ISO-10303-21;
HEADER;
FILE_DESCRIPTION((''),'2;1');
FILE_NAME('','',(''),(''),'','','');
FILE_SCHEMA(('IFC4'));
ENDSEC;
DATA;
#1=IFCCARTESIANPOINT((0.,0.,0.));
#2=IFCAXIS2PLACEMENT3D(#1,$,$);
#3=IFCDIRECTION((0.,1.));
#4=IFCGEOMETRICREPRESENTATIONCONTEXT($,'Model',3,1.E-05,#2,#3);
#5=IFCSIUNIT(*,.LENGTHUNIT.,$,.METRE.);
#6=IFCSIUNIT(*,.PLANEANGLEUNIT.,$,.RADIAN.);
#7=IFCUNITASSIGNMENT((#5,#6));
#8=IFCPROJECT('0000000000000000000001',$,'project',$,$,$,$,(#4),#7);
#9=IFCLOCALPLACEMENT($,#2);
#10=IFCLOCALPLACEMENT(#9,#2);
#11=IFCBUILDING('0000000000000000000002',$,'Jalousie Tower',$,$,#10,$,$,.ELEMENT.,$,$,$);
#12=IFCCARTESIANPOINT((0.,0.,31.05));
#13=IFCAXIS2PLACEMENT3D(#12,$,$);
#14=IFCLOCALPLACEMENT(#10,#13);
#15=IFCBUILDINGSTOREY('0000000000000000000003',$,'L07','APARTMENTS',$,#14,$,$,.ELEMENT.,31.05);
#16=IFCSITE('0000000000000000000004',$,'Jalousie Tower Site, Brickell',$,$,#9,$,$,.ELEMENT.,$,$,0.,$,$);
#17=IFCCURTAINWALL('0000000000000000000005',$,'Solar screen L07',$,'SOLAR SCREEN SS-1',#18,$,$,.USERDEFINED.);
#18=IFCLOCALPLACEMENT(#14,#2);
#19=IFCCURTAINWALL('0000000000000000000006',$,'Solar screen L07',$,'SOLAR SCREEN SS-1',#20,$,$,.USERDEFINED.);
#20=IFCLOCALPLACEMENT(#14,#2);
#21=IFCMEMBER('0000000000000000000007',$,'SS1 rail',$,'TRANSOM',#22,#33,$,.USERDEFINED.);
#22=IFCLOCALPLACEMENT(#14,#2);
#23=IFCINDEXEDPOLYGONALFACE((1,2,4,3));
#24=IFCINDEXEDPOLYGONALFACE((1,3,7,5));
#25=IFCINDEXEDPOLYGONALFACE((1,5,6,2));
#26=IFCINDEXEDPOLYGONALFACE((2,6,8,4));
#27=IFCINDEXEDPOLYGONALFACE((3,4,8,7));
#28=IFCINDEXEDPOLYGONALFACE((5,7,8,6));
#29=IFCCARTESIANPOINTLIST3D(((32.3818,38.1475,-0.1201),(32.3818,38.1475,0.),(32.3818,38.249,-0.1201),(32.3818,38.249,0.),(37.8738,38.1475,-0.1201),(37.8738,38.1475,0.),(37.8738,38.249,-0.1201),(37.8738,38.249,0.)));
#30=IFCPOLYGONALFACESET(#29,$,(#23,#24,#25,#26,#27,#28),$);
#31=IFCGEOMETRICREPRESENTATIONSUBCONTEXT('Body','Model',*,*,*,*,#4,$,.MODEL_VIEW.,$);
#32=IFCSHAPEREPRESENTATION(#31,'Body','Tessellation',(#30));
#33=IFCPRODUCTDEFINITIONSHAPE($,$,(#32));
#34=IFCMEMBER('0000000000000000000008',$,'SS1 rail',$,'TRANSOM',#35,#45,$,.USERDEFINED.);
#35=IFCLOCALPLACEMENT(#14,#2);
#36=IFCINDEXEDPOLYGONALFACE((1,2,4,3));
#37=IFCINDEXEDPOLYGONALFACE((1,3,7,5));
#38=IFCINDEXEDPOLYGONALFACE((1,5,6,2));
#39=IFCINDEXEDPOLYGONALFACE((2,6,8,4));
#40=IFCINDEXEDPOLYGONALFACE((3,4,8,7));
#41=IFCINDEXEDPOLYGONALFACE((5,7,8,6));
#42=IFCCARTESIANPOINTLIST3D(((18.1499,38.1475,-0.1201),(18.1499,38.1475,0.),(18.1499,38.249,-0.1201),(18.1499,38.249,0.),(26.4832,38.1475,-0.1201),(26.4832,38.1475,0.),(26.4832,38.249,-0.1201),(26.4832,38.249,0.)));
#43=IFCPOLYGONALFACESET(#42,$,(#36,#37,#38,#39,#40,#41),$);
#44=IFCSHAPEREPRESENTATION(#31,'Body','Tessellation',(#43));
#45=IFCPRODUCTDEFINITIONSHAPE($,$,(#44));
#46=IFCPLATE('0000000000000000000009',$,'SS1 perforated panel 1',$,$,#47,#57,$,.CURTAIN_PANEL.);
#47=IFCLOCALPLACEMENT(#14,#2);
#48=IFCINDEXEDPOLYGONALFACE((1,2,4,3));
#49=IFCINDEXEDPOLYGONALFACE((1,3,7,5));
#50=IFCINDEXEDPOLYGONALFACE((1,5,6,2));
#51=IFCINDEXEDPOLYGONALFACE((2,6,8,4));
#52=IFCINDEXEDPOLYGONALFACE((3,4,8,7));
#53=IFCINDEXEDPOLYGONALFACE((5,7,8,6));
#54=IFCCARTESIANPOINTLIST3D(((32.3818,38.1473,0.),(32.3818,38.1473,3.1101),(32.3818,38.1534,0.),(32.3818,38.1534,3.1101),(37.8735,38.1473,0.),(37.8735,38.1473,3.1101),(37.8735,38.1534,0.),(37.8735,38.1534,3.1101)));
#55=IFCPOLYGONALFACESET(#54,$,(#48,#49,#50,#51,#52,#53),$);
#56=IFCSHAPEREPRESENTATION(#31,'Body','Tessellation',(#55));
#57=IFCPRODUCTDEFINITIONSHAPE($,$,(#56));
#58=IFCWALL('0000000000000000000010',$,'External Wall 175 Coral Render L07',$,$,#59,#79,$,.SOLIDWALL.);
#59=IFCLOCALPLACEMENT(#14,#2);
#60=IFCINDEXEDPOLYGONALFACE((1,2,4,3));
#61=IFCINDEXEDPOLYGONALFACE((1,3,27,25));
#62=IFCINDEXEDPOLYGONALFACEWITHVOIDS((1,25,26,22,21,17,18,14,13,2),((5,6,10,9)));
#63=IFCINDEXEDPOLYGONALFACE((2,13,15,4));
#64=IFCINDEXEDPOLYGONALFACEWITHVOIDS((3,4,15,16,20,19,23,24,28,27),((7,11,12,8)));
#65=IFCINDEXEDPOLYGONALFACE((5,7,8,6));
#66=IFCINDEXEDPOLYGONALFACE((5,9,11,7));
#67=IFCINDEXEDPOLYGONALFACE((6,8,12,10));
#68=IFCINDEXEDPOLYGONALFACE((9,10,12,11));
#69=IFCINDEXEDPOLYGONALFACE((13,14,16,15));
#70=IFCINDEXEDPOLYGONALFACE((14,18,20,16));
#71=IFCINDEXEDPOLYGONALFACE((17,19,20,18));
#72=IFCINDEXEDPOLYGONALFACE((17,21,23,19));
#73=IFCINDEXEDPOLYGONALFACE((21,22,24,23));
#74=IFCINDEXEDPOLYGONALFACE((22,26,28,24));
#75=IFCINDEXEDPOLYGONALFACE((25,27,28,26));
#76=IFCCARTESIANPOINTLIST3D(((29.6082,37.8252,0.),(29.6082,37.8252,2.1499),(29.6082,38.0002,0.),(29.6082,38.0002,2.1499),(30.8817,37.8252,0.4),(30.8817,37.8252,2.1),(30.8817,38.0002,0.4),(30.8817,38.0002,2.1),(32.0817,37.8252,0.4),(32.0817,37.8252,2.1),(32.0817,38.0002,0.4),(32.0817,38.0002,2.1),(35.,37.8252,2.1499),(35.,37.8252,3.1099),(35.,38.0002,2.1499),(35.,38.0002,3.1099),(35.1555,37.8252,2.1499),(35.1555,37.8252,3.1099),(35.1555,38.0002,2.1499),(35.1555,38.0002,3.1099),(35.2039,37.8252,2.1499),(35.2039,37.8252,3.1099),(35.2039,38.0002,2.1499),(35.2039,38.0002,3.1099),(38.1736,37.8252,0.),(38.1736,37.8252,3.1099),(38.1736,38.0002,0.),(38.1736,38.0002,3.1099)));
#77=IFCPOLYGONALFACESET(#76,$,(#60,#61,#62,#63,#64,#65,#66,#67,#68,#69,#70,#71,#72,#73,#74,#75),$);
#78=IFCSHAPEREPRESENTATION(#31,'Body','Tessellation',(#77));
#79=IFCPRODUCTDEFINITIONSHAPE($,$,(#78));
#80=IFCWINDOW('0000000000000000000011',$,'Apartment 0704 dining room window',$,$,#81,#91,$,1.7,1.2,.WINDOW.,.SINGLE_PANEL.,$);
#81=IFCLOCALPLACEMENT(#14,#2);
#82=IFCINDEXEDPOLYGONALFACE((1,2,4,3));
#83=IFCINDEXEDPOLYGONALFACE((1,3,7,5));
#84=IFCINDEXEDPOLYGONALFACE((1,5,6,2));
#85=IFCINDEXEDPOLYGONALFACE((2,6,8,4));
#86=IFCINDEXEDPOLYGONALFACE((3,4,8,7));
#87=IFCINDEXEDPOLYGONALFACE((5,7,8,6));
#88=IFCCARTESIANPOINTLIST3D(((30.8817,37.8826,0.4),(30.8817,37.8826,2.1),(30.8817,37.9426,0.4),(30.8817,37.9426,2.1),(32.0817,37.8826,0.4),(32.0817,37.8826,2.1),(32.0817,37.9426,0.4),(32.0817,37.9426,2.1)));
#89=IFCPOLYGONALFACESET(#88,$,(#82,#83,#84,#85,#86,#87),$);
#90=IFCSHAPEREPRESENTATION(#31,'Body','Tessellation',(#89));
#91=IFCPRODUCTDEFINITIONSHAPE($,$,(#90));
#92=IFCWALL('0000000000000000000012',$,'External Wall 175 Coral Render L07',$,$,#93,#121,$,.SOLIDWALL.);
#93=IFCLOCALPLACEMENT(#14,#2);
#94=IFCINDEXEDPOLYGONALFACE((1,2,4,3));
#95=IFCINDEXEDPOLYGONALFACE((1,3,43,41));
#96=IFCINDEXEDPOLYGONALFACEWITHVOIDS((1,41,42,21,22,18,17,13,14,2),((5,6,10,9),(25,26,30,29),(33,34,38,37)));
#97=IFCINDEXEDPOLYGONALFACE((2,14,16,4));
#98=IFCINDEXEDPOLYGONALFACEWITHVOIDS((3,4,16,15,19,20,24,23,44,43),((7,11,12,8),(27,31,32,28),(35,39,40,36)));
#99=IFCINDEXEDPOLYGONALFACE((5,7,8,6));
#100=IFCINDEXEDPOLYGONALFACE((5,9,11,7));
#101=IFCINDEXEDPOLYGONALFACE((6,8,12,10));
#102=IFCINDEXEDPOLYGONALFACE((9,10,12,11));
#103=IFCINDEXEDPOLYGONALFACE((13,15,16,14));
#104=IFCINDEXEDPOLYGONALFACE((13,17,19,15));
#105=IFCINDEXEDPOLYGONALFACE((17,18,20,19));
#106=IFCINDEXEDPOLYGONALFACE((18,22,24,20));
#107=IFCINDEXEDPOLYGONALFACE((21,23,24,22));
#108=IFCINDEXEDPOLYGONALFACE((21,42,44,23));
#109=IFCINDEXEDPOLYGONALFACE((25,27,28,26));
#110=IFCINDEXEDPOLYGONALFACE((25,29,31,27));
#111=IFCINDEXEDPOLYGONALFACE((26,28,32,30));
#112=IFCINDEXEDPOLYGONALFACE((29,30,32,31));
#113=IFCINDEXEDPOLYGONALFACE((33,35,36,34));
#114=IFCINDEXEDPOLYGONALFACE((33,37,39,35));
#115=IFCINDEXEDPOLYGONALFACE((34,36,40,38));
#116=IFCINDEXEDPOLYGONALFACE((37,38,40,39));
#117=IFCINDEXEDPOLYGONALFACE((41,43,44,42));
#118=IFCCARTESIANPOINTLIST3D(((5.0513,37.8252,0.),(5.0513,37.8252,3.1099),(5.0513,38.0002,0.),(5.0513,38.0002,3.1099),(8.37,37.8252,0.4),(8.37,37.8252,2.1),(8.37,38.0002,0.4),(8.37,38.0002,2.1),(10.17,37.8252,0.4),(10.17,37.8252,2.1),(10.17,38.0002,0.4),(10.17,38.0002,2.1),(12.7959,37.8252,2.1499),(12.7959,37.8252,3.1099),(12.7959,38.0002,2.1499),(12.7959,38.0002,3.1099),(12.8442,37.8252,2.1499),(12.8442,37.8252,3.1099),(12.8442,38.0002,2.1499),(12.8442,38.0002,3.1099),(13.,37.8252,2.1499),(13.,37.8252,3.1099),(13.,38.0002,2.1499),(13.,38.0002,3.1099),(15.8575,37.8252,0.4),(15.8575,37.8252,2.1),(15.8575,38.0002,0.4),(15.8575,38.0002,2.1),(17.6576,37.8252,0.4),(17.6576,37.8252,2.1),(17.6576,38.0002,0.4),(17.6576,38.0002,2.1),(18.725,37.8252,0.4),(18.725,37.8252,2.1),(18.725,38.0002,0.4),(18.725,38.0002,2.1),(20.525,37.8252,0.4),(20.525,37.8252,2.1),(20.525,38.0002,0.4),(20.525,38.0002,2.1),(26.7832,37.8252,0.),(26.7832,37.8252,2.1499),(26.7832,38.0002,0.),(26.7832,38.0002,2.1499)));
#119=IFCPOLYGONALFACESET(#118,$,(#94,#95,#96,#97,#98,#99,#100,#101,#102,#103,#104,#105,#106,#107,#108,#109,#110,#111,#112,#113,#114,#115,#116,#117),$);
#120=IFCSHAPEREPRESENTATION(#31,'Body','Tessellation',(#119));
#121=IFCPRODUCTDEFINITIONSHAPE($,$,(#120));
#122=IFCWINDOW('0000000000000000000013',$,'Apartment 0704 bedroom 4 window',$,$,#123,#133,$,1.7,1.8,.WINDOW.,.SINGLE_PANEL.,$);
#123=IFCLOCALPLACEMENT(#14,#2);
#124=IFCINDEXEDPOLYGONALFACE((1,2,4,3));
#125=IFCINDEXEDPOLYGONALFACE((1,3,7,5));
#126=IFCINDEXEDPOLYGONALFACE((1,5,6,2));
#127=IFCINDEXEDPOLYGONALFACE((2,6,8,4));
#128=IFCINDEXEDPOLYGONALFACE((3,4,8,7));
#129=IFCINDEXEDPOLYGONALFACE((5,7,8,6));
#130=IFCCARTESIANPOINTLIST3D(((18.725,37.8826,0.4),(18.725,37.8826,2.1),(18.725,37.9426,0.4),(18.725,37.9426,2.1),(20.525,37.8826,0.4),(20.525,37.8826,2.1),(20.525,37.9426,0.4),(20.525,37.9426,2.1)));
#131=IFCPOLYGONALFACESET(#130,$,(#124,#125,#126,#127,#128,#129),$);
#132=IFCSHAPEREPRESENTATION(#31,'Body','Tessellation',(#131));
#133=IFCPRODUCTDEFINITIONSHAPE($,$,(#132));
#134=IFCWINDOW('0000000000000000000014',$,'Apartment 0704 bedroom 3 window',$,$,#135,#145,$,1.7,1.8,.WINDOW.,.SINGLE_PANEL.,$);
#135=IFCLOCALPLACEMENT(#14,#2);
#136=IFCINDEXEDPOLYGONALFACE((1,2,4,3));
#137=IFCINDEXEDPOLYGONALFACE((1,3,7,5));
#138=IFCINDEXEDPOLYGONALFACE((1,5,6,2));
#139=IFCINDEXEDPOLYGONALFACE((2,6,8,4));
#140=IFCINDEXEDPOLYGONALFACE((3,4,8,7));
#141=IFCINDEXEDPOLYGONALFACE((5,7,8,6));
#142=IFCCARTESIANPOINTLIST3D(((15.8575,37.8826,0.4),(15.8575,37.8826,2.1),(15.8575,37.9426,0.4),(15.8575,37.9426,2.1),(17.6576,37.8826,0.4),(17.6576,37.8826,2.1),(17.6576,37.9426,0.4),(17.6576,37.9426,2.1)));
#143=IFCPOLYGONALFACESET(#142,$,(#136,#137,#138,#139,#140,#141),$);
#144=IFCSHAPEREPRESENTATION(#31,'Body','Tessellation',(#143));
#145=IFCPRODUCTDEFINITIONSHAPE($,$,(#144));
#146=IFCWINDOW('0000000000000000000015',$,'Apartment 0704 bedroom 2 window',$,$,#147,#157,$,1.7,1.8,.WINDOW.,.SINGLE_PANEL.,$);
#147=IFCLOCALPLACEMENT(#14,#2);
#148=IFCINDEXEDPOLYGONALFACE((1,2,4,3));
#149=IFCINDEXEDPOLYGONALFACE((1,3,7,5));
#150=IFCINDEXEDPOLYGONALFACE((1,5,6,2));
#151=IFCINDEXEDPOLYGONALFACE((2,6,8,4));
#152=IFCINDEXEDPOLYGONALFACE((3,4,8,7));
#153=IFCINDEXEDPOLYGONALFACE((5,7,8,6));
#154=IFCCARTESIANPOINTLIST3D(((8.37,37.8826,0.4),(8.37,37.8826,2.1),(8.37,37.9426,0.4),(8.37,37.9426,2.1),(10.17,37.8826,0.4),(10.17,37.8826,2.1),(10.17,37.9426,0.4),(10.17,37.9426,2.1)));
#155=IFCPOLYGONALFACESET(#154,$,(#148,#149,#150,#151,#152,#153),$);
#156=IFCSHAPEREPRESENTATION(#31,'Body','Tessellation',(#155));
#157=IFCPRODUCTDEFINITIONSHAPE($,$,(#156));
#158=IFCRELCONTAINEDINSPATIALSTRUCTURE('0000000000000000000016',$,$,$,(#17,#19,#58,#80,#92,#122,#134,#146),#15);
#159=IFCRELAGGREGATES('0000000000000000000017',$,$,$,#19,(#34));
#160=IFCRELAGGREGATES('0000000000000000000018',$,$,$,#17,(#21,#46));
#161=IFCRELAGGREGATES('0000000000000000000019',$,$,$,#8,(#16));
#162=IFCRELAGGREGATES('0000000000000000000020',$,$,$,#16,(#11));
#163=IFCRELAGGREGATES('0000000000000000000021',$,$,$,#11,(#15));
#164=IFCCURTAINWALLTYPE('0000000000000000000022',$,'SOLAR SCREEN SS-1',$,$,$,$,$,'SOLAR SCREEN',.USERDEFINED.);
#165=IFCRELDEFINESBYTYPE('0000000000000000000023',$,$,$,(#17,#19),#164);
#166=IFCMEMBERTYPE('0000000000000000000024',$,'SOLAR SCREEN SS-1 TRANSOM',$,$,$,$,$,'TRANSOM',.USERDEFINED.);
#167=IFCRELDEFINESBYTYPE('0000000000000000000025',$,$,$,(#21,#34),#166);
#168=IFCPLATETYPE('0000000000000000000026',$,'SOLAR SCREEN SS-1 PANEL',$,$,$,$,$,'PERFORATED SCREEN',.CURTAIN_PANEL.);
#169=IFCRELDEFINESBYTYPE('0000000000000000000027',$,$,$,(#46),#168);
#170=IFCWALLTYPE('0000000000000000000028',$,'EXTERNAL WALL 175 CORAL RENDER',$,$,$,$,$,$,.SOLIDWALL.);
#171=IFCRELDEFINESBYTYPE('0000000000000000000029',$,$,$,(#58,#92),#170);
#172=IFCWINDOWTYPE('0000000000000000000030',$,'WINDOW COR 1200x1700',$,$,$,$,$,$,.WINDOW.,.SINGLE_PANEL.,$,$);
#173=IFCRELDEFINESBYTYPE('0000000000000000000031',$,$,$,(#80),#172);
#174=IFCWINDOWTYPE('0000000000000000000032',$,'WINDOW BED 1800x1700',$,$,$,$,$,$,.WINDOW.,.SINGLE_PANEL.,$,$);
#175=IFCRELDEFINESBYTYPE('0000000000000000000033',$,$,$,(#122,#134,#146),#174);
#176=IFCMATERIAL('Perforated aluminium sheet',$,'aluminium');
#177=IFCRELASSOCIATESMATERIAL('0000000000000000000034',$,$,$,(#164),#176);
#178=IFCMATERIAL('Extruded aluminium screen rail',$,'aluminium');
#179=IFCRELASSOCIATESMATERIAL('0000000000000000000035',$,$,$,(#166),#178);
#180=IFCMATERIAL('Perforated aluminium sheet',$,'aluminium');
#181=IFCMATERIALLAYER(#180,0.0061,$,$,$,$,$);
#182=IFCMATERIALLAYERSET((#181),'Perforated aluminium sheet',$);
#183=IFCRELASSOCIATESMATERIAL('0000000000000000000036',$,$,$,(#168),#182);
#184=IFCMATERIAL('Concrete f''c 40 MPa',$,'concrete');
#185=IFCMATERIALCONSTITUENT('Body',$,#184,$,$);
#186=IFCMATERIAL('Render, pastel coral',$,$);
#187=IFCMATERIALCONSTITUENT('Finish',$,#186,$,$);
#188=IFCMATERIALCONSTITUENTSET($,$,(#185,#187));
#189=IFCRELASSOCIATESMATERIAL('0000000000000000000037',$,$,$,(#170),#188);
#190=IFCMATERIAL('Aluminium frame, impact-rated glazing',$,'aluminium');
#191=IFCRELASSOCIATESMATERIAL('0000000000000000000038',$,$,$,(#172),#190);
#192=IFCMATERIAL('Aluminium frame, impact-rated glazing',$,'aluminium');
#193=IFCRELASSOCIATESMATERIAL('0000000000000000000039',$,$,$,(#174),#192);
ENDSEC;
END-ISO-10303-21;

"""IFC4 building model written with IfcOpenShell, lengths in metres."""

from ifc_helpers import new_model, si_unit, direction, frame, frame_2d, origin, origin_2d, place, context, subcontext, project, spatial, polyline, rectangle, outline, extrude, material, layer, layer_set, constituent, constituent_set, material_profile, profile_set, type_object, element, fill, aggregate, save


model = new_model("IFC4")

# Units and contexts
model_context = context("Model", 3, precision=1e-05, world=origin(), true_north=direction((0.0, 1.0)))
body_context = subcontext(model_context, "Body", "Model", "MODEL_VIEW")
ifc_project = project(units=[si_unit("LENGTHUNIT", "METRE"), si_unit("PLANEANGLEUNIT", "RADIAN")], contexts=[model_context])

# Site, building, storey
site_placement = place(None, origin())
site = spatial("IfcSite", under=ifc_project, at=site_placement, Name="Jalousie Tower Site, Brickell", CompositionType="ELEMENT", RefElevation=0.0)
building_placement = place(site_placement, origin())
building = spatial("IfcBuilding", under=site, at=building_placement, Name="Jalousie Tower", CompositionType="ELEMENT")
storey_placement = place(building_placement, frame((0.0, 0.0, 31.05)))
storey = spatial("IfcBuildingStorey", under=building, at=storey_placement, Name="L07", Description="APARTMENTS", CompositionType="ELEMENT", Elevation=31.05)

# Curtain wall
ifc_material_1 = material(Name="Perforated aluminium sheet", Category="aluminium")
curtain_wall_type = type_object("IfcCurtainWallType", Name="SOLAR SCREEN SS-1", ElementType="SOLAR SCREEN", PredefinedType="USERDEFINED", material=ifc_material_1)
curtain_wall_1_placement = place(storey_placement, origin())
curtain_wall_1 = element("IfcCurtainWall", 1, at=curtain_wall_1_placement, inside=storey, type_object=curtain_wall_type, Name="Solar screen L07", ObjectType="SOLAR SCREEN SS-1", PredefinedType="USERDEFINED")

# Curtain wall
curtain_wall_2_placement = place(storey_placement, origin())
curtain_wall_2 = element("IfcCurtainWall", 2, at=curtain_wall_2_placement, inside=storey, type_object=curtain_wall_type, Name="Solar screen L07", ObjectType="SOLAR SCREEN SS-1", PredefinedType="USERDEFINED")

# Members
ifc_material_2 = material(Name="Extruded aluminium screen rail", Category="aluminium")
ifc_material_profile_1 = material_profile(ifc_material_2, rectangle(XDim=0.1016, YDim=0.1201, at=origin_2d()), Name="RAIL 102x120")
ifc_profile_set_1 = profile_set([ifc_material_profile_1], Name="Extruded aluminium screen rail")
member_type_1 = type_object("IfcMemberType", Name="SOLAR SCREEN SS-1 TRANSOM", ElementType="TRANSOM", PredefinedType="USERDEFINED", material=ifc_profile_set_1)
member_1_placement = place(storey_placement, frame((37.8738, 38.1982, -0.0601), z_axis=(-1.0, 0.0, 0.0), x_axis=(0.0, -1.0, 0.0)))
member_1 = element("IfcMember", 3, at=member_1_placement, type_object=member_type_1, Name="SS1 rail", ObjectType="TRANSOM", PredefinedType="USERDEFINED", context=body_context, shape_type="SweptSolid", body=[
    extrude(rectangle(XDim=0.1016, YDim=0.1201, at=origin_2d()), origin(), (0.0, 0.0, 1.0), 5.4919),
])
member_2_placement = place(storey_placement, frame((26.4832, 38.1982, -0.0601), z_axis=(-1.0, 0.0, 0.0), x_axis=(0.0, -1.0, 0.0)))
member_2 = element("IfcMember", 4, at=member_2_placement, type_object=member_type_1, Name="SS1 rail", ObjectType="TRANSOM", PredefinedType="USERDEFINED", context=body_context, shape_type="SweptSolid", body=[
    extrude(rectangle(XDim=0.1016, YDim=0.1201, at=origin_2d()), origin(), (0.0, 0.0, 1.0), 8.3333),
])
aggregate(curtain_wall_2, [member_2])

# Plate
ifc_material_3 = material(Name="Perforated aluminium sheet", Category="aluminium")
ifc_layer_1 = layer(ifc_material_3, 0.0061)
ifc_layer_set_1 = layer_set([ifc_layer_1], Name="Perforated aluminium sheet")
plate_type = type_object("IfcPlateType", Name="SOLAR SCREEN SS-1 PANEL", ElementType="PERFORATED SCREEN", PredefinedType="CURTAIN_PANEL", material=ifc_layer_set_1)
plate_placement = place(storey_placement, frame((35.1277, 38.1504, 0.0), z_axis=(0.0, 0.0, 1.0), x_axis=(-1.0, 0.0, 0.0)))
plate = element("IfcPlate", 5, at=plate_placement, type_object=plate_type, Name="SS1 perforated panel 1", PredefinedType="CURTAIN_PANEL", context=body_context, shape_type="SweptSolid", body=[
    extrude(rectangle(XDim=5.4917, YDim=0.0061, at=origin_2d()), origin(), (0.0, 0.0, 1.0), 3.1101),
])
aggregate(curtain_wall_1, [member_1, plate])

# Wall, opening, window
ifc_material_4 = material(Name="Concrete f'c 40 MPa", Category="concrete")
ifc_constituent_1 = constituent(ifc_material_4, Name="Body")
ifc_material_5 = material(Name="Render, pastel coral")
ifc_constituent_2 = constituent(ifc_material_5, Name="Finish")
ifc_constituent_set_1 = constituent_set(constituents=[ifc_constituent_1, ifc_constituent_2])
wall_type_1 = type_object("IfcWallType", Name="EXTERNAL WALL 175 CORAL RENDER", PredefinedType="SOLIDWALL", material=ifc_constituent_set_1)
wall_1_placement = place(storey_placement, frame((38.1736, 37.9126, 0.0), z_axis=(0.0, 0.0, 1.0), x_axis=(-1.0, 0.0, 0.0)))
wall_1 = element("IfcWall", 6, at=wall_1_placement, inside=storey, type_object=wall_type_1, Name="External Wall 175 Coral Render L07", PredefinedType="SOLIDWALL", context=body_context, shape_type="SweptSolid", body=[
    extrude(outline(polyline([(0.0, 0.0), (8.5654, 0.0), (8.5654, 2.1499), (3.1736, 2.1499), (3.1736, 3.1099), (3.0181, 3.1099), (3.0181, 2.1499), (2.9697, 2.1499), (2.9697, 3.1099), (0.0, 3.1099), (0.0, 0.0)])), frame((0.0, 0.0874, 0.0), z_axis=(0.0, -1.0, 0.0), x_axis=(1.0, 0.0, 0.0)), (0.0, 0.0, 1.0), 0.175),
])
opening_1_placement = place(wall_1_placement, frame((6.0918, 0.0, 0.3999)))
opening_1 = element("IfcOpeningElement", 7, at=opening_1_placement, cuts=wall_1, PredefinedType="OPENING", context=body_context, shape_type="SweptSolid", body=[
    extrude(rectangle(XDim=1.2, YDim=1.7, at=frame_2d((0.6001, 0.8501))), frame((0.0, 0.0974, 0.0), z_axis=(0.0, -1.0, 0.0), x_axis=(1.0, 0.0, 0.0)), (0.0, 0.0, 1.0), 0.1951),
])
ifc_material_6 = material(Name="Aluminium frame, impact-rated glazing", Category="aluminium")
window_type_1 = type_object("IfcWindowType", Name="WINDOW COR 1200x1700", PartitioningType="SINGLE_PANEL", PredefinedType="WINDOW", material=ifc_material_6)
window_1_placement = place(opening_1_placement, origin())
window_1 = element("IfcWindow", 8, at=window_1_placement, inside=storey, type_object=window_type_1, Name="Apartment 0704 dining room window", OverallHeight=1.7, OverallWidth=1.2, PartitioningType="SINGLE_PANEL", PredefinedType="WINDOW", context=body_context, shape_type="SweptSolid", body=[
    extrude(rectangle(XDim=1.2, YDim=1.7, at=frame_2d((0.6001, 0.8501))), frame((0.0, 0.03, 0.0), z_axis=(0.0, -1.0, 0.0), x_axis=(1.0, 0.0, 0.0)), (0.0, 0.0, 1.0), 0.0601),
])
fill(opening_1, window_1)

# Wall, openings, windows
wall_2_placement = place(storey_placement, frame((26.7832, 37.9126, 0.0), z_axis=(0.0, 0.0, 1.0), x_axis=(-1.0, 0.0, 0.0)))
wall_2 = element("IfcWall", 9, at=wall_2_placement, inside=storey, type_object=wall_type_1, Name="External Wall 175 Coral Render L07", PredefinedType="SOLIDWALL", context=body_context, shape_type="SweptSolid", body=[
    extrude(outline(polyline([(0.0, 0.0), (21.7319, 0.0), (21.7319, 3.1099), (13.9873, 3.1099), (13.9873, 2.1499), (13.939, 2.1499), (13.939, 3.1099), (13.7832, 3.1099), (13.7832, 2.1499), (0.0, 2.1499), (0.0, 0.0)])), frame((0.0, 0.0874, 0.0), z_axis=(0.0, -1.0, 0.0), x_axis=(1.0, 0.0, 0.0)), (0.0, 0.0, 1.0), 0.175),
])
opening_2_placement = place(wall_2_placement, frame((6.2583, 0.0, 0.3999)))
opening_2 = element("IfcOpeningElement", 10, at=opening_2_placement, cuts=wall_2, PredefinedType="OPENING", context=body_context, shape_type="SweptSolid", body=[
    extrude(rectangle(XDim=1.8, YDim=1.7, at=frame_2d((0.8999, 0.8501))), frame((0.0, 0.0974, 0.0), z_axis=(0.0, -1.0, 0.0), x_axis=(1.0, 0.0, 0.0)), (0.0, 0.0, 1.0), 0.1951),
])
opening_3_placement = place(wall_2_placement, frame((9.1257, 0.0, 0.3999)))
opening_3 = element("IfcOpeningElement", 11, at=opening_3_placement, cuts=wall_2, PredefinedType="OPENING", context=body_context, shape_type="SweptSolid", body=[
    extrude(rectangle(XDim=1.8, YDim=1.7, at=frame_2d((0.8999, 0.8501))), frame((0.0, 0.0974, 0.0), z_axis=(0.0, -1.0, 0.0), x_axis=(1.0, 0.0, 0.0)), (0.0, 0.0, 1.0), 0.1951),
])
opening_4_placement = place(wall_2_placement, frame((16.6133, 0.0, 0.3999)))
opening_4 = element("IfcOpeningElement", 12, at=opening_4_placement, cuts=wall_2, PredefinedType="OPENING", context=body_context, shape_type="SweptSolid", body=[
    extrude(rectangle(XDim=1.8, YDim=1.7, at=frame_2d((0.8999, 0.8501))), frame((0.0, 0.0974, 0.0), z_axis=(0.0, -1.0, 0.0), x_axis=(1.0, 0.0, 0.0)), (0.0, 0.0, 1.0), 0.1951),
])
ifc_material_7 = material(Name="Aluminium frame, impact-rated glazing", Category="aluminium")
window_type_2 = type_object("IfcWindowType", Name="WINDOW BED 1800x1700", PartitioningType="SINGLE_PANEL", PredefinedType="WINDOW", material=ifc_material_7)
window_2_placement = place(opening_2_placement, origin())
window_2 = element("IfcWindow", 13, at=window_2_placement, inside=storey, type_object=window_type_2, Name="Apartment 0704 bedroom 4 window", OverallHeight=1.7, OverallWidth=1.8, PartitioningType="SINGLE_PANEL", PredefinedType="WINDOW", context=body_context, shape_type="SweptSolid", body=[
    extrude(rectangle(XDim=1.8, YDim=1.7, at=frame_2d((0.8999, 0.8501))), frame((0.0, 0.03, 0.0), z_axis=(0.0, -1.0, 0.0), x_axis=(1.0, 0.0, 0.0)), (0.0, 0.0, 1.0), 0.0601),
])
fill(opening_2, window_2)
window_3_placement = place(opening_3_placement, origin())
window_3 = element("IfcWindow", 14, at=window_3_placement, inside=storey, type_object=window_type_2, Name="Apartment 0704 bedroom 3 window", OverallHeight=1.7, OverallWidth=1.8, PartitioningType="SINGLE_PANEL", PredefinedType="WINDOW", context=body_context, shape_type="SweptSolid", body=[
    extrude(rectangle(XDim=1.8, YDim=1.7, at=frame_2d((0.8999, 0.8501))), frame((0.0, 0.03, 0.0), z_axis=(0.0, -1.0, 0.0), x_axis=(1.0, 0.0, 0.0)), (0.0, 0.0, 1.0), 0.0601),
])
fill(opening_3, window_3)
window_4_placement = place(opening_4_placement, origin())
window_4 = element("IfcWindow", 15, at=window_4_placement, inside=storey, type_object=window_type_2, Name="Apartment 0704 bedroom 2 window", OverallHeight=1.7, OverallWidth=1.8, PartitioningType="SINGLE_PANEL", PredefinedType="WINDOW", context=body_context, shape_type="SweptSolid", body=[
    extrude(rectangle(XDim=1.8, YDim=1.7, at=frame_2d((0.8999, 0.8501))), frame((0.0, 0.03, 0.0), z_axis=(0.0, -1.0, 0.0), x_axis=(1.0, 0.0, 0.0)), (0.0, 0.0, 1.0), 0.0601),
])
fill(opening_4, window_4)

save(model, "model.ifc")
